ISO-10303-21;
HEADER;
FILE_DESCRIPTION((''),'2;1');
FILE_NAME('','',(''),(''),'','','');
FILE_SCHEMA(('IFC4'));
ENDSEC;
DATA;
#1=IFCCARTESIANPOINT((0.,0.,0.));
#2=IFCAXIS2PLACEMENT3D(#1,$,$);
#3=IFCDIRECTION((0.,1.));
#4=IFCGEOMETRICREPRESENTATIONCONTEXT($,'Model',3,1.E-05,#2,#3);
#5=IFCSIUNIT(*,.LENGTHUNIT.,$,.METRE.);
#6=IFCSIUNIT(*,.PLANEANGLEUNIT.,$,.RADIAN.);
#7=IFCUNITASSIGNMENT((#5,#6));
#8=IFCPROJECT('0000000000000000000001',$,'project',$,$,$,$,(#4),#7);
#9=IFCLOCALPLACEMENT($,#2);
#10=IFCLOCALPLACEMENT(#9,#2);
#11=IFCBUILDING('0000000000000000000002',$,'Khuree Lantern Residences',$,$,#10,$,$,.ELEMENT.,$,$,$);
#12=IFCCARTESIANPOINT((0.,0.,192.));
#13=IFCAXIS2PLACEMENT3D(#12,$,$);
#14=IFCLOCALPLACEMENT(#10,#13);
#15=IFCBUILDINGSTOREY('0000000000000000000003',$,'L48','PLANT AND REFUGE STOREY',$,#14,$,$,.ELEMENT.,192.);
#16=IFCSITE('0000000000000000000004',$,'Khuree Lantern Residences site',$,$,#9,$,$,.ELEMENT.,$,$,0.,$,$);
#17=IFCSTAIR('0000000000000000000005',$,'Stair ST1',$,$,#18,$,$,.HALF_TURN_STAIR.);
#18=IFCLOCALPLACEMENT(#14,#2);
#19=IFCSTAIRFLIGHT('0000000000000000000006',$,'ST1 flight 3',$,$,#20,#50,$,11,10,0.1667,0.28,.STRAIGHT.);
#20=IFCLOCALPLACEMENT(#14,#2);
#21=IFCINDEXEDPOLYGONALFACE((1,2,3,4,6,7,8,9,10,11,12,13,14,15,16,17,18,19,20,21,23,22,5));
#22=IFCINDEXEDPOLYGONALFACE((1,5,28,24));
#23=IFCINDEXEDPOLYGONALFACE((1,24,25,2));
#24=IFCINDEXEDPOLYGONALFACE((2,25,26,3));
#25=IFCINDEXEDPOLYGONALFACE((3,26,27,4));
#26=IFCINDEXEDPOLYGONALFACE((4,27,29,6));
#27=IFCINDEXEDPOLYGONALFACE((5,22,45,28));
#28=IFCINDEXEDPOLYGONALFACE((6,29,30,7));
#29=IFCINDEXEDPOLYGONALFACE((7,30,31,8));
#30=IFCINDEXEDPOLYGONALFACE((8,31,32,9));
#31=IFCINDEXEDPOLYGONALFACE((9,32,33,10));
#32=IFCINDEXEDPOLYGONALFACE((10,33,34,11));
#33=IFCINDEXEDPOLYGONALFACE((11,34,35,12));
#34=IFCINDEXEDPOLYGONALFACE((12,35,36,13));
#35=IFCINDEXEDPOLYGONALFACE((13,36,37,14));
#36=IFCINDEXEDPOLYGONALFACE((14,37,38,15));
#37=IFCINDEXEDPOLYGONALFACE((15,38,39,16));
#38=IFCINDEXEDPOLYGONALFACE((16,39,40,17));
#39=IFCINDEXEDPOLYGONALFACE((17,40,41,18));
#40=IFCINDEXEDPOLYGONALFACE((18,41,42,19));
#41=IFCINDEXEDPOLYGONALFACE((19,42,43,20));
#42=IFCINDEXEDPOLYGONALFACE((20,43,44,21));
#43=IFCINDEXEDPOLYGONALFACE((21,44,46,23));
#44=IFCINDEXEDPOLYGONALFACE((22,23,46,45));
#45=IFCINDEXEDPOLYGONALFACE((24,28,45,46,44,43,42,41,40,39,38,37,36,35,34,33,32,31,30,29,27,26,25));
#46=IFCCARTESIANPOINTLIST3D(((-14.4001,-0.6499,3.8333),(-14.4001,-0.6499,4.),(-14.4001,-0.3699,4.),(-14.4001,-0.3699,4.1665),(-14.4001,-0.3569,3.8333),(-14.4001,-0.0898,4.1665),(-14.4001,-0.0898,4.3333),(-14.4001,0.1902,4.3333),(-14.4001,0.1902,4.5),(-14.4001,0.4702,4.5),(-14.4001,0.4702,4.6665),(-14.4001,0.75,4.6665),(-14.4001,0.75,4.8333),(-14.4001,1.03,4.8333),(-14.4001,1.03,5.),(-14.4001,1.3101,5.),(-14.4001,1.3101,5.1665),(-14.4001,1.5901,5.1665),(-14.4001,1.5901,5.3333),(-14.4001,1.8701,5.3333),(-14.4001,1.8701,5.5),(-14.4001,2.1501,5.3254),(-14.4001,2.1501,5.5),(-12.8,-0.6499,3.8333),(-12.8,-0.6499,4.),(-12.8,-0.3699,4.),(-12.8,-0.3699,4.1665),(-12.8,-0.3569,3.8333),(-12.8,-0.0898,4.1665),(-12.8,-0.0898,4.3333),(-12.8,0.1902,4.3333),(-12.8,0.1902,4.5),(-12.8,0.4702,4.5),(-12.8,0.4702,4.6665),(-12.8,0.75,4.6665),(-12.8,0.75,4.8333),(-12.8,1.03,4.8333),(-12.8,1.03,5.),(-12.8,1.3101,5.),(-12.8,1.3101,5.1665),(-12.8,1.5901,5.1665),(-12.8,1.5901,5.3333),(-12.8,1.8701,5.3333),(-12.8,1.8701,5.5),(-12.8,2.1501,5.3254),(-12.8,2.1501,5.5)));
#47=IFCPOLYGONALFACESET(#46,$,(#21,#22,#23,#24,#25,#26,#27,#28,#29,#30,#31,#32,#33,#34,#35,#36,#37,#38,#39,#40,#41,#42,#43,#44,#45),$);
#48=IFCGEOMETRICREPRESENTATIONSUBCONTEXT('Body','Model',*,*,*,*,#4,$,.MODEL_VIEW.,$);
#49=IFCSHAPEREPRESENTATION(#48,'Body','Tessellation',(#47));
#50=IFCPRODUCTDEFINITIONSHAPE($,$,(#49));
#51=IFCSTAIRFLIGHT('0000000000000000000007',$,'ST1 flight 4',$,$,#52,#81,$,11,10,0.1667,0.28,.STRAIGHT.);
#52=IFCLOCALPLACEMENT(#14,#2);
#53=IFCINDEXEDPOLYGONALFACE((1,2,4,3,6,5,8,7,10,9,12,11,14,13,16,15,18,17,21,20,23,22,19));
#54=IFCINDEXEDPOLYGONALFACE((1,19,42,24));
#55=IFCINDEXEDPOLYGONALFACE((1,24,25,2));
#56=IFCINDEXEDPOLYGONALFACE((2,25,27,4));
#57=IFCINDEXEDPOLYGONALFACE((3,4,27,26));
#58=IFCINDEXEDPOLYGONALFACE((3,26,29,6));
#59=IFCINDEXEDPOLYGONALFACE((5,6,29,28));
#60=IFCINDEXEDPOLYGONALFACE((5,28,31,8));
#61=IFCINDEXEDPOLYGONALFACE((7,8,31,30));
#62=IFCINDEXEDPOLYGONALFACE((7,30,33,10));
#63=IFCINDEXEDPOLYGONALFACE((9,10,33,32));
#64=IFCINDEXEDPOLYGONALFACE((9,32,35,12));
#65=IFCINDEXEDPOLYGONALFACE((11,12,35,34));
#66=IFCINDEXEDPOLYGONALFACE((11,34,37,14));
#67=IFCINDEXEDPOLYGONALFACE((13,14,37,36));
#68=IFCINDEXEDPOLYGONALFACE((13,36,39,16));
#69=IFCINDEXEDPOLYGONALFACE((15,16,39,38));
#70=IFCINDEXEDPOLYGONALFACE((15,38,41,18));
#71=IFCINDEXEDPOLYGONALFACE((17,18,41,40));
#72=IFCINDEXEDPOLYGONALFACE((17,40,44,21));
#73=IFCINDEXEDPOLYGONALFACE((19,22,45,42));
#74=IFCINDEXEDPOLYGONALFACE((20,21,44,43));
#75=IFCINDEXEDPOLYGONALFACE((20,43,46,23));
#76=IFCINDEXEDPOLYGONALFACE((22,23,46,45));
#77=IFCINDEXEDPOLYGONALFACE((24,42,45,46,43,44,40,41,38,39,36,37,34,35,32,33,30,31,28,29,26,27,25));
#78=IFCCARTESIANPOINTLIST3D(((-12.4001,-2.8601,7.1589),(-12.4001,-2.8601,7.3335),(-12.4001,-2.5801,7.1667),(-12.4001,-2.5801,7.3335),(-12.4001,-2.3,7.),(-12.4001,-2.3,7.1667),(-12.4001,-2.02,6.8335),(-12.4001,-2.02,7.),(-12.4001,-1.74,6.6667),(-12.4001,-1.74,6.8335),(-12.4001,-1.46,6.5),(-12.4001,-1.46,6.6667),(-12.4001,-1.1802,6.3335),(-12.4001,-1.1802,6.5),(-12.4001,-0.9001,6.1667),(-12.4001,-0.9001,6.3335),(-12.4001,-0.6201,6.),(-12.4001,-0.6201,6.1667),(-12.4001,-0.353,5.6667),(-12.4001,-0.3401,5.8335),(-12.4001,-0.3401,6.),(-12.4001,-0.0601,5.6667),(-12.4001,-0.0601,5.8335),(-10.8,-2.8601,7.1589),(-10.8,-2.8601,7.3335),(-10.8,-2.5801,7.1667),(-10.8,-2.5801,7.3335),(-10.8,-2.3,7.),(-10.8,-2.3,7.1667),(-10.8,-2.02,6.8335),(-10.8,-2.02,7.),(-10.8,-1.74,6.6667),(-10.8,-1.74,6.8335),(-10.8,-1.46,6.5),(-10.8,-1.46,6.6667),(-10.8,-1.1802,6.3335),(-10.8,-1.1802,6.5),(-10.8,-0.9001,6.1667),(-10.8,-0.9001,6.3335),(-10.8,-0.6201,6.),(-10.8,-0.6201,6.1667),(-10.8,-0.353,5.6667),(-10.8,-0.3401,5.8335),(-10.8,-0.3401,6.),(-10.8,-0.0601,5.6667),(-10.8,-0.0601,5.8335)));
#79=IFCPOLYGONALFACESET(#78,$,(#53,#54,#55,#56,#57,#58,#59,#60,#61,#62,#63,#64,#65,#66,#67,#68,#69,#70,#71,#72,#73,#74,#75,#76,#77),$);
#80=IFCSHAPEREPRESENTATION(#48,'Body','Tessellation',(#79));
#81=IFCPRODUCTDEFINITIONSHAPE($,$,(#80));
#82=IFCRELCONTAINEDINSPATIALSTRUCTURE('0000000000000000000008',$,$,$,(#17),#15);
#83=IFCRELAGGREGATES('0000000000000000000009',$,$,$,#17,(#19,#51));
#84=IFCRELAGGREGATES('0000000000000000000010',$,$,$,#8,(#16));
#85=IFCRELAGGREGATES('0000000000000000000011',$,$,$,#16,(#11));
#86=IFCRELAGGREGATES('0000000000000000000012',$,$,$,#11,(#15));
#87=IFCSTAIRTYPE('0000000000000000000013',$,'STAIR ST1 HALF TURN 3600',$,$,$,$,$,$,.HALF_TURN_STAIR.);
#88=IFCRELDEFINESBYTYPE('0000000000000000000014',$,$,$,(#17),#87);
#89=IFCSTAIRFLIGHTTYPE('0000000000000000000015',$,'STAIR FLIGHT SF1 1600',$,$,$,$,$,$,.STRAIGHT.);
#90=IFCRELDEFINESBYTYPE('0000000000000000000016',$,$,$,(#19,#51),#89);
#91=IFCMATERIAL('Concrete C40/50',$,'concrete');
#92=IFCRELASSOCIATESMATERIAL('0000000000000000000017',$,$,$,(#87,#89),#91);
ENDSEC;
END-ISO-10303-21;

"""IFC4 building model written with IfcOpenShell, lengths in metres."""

from ifc_helpers import new_model, si_unit, direction, frame, origin, place, context, subcontext, project, spatial, polyline, outline, extrude, material, type_object, element, aggregate, save


model = new_model("IFC4")

# Units and contexts
model_context = context("Model", 3, precision=1e-05, world=origin(), true_north=direction((0.0, 1.0)))
body_context = subcontext(model_context, "Body", "Model", "MODEL_VIEW")
ifc_project = project(units=[si_unit("LENGTHUNIT", "METRE"), si_unit("PLANEANGLEUNIT", "RADIAN")], contexts=[model_context])

# Site, building, storey
site_placement = place(None, origin())
site = spatial("IfcSite", under=ifc_project, at=site_placement, Name="Khuree Lantern Residences site", CompositionType="ELEMENT", RefElevation=0.0)
building_placement = place(site_placement, origin())
building = spatial("IfcBuilding", under=site, at=building_placement, Name="Khuree Lantern Residences", CompositionType="ELEMENT")
storey_placement = place(building_placement, frame((0.0, 0.0, 192.0)))
storey = spatial("IfcBuildingStorey", under=building, at=storey_placement, Name="L48", Description="PLANT AND REFUGE STOREY", CompositionType="ELEMENT", Elevation=192.0)

# Stair, stair flights
ifc_material_1 = material(Name="Concrete C40/50", Category="concrete")
stair_type = type_object("IfcStairType", Name="STAIR ST1 HALF TURN 3600", PredefinedType="HALF_TURN_STAIR", material=ifc_material_1)
stair_placement = place(storey_placement, origin())
stair = element("IfcStair", 1, at=stair_placement, inside=storey, type_object=stair_type, Name="Stair ST1", PredefinedType="HALF_TURN_STAIR")
stair_flight_type = type_object("IfcStairFlightType", Name="STAIR FLIGHT SF1 1600", PredefinedType="STRAIGHT", material=ifc_material_1)
stair_flight_1_placement = place(storey_placement, frame((-13.6001, -0.6499, 3.8333), z_axis=(0.0, 0.0, 1.0), x_axis=(0.0, 1.0, 0.0)))
stair_flight_1 = element("IfcStairFlight", 2, at=stair_flight_1_placement, type_object=stair_flight_type, Name="ST1 flight 3", NumberOfRisers=11, NumberOfTreads=10, PredefinedType="STRAIGHT", RiserHeight=0.1667, TreadLength=0.28, context=body_context, shape_type="SweptSolid", body=[
    extrude(outline(polyline([(0.0, 0.0), (0.0, 0.1667), (0.28, 0.1667), (0.28, 0.3333), (0.5601, 0.3333), (0.5601, 0.5), (0.8401, 0.5), (0.8401, 0.6667), (1.1201, 0.6667), (1.1201, 0.8333), (1.3999, 0.8333), (1.3999, 1.0), (1.6799, 1.0), (1.6799, 1.1667), (1.96, 1.1667), (1.96, 1.3333), (2.24, 1.3333), (2.24, 1.5), (2.52, 1.5), (2.52, 1.6667), (2.8, 1.6667), (2.8, 1.8333), (2.8, 1.4922), (0.293, 0.0), (0.0, 0.0)])), frame((0.0, 0.8, 0.0), z_axis=(0.0, -1.0, 0.0), x_axis=(1.0, 0.0, 0.0)), (0.0, 0.0, 1.0), 1.6001),
])
stair_flight_2_placement = place(storey_placement, frame((-11.6001, -0.0601, 5.6667), z_axis=(0.0, 0.0, 1.0), x_axis=(0.0, -1.0, 0.0)))
stair_flight_2 = element("IfcStairFlight", 3, at=stair_flight_2_placement, type_object=stair_flight_type, Name="ST1 flight 4", NumberOfRisers=11, NumberOfTreads=10, PredefinedType="STRAIGHT", RiserHeight=0.1667, TreadLength=0.28, context=body_context, shape_type="SweptSolid", body=[
    extrude(outline(polyline([(0.0, 0.0), (0.0, 0.1667), (0.28, 0.1667), (0.28, 0.3333), (0.5601, 0.3333), (0.5601, 0.5), (0.8401, 0.5), (0.8401, 0.6667), (1.1201, 0.6667), (1.1201, 0.8333), (1.3999, 0.8333), (1.3999, 1.0), (1.6799, 1.0), (1.6799, 1.1667), (1.96, 1.1667), (1.96, 1.3333), (2.24, 1.3333), (2.24, 1.5), (2.52, 1.5), (2.52, 1.6667), (2.8, 1.6667), (2.8, 1.8333), (2.8, 1.4922), (0.293, 0.0), (0.0, 0.0)])), frame((0.0, 0.8, 0.0), z_axis=(0.0, -1.0, 0.0), x_axis=(1.0, 0.0, 0.0)), (0.0, 0.0, 1.0), 1.6001),
])
aggregate(stair, [stair_flight_1, stair_flight_2])

save(model, "model.ifc")
